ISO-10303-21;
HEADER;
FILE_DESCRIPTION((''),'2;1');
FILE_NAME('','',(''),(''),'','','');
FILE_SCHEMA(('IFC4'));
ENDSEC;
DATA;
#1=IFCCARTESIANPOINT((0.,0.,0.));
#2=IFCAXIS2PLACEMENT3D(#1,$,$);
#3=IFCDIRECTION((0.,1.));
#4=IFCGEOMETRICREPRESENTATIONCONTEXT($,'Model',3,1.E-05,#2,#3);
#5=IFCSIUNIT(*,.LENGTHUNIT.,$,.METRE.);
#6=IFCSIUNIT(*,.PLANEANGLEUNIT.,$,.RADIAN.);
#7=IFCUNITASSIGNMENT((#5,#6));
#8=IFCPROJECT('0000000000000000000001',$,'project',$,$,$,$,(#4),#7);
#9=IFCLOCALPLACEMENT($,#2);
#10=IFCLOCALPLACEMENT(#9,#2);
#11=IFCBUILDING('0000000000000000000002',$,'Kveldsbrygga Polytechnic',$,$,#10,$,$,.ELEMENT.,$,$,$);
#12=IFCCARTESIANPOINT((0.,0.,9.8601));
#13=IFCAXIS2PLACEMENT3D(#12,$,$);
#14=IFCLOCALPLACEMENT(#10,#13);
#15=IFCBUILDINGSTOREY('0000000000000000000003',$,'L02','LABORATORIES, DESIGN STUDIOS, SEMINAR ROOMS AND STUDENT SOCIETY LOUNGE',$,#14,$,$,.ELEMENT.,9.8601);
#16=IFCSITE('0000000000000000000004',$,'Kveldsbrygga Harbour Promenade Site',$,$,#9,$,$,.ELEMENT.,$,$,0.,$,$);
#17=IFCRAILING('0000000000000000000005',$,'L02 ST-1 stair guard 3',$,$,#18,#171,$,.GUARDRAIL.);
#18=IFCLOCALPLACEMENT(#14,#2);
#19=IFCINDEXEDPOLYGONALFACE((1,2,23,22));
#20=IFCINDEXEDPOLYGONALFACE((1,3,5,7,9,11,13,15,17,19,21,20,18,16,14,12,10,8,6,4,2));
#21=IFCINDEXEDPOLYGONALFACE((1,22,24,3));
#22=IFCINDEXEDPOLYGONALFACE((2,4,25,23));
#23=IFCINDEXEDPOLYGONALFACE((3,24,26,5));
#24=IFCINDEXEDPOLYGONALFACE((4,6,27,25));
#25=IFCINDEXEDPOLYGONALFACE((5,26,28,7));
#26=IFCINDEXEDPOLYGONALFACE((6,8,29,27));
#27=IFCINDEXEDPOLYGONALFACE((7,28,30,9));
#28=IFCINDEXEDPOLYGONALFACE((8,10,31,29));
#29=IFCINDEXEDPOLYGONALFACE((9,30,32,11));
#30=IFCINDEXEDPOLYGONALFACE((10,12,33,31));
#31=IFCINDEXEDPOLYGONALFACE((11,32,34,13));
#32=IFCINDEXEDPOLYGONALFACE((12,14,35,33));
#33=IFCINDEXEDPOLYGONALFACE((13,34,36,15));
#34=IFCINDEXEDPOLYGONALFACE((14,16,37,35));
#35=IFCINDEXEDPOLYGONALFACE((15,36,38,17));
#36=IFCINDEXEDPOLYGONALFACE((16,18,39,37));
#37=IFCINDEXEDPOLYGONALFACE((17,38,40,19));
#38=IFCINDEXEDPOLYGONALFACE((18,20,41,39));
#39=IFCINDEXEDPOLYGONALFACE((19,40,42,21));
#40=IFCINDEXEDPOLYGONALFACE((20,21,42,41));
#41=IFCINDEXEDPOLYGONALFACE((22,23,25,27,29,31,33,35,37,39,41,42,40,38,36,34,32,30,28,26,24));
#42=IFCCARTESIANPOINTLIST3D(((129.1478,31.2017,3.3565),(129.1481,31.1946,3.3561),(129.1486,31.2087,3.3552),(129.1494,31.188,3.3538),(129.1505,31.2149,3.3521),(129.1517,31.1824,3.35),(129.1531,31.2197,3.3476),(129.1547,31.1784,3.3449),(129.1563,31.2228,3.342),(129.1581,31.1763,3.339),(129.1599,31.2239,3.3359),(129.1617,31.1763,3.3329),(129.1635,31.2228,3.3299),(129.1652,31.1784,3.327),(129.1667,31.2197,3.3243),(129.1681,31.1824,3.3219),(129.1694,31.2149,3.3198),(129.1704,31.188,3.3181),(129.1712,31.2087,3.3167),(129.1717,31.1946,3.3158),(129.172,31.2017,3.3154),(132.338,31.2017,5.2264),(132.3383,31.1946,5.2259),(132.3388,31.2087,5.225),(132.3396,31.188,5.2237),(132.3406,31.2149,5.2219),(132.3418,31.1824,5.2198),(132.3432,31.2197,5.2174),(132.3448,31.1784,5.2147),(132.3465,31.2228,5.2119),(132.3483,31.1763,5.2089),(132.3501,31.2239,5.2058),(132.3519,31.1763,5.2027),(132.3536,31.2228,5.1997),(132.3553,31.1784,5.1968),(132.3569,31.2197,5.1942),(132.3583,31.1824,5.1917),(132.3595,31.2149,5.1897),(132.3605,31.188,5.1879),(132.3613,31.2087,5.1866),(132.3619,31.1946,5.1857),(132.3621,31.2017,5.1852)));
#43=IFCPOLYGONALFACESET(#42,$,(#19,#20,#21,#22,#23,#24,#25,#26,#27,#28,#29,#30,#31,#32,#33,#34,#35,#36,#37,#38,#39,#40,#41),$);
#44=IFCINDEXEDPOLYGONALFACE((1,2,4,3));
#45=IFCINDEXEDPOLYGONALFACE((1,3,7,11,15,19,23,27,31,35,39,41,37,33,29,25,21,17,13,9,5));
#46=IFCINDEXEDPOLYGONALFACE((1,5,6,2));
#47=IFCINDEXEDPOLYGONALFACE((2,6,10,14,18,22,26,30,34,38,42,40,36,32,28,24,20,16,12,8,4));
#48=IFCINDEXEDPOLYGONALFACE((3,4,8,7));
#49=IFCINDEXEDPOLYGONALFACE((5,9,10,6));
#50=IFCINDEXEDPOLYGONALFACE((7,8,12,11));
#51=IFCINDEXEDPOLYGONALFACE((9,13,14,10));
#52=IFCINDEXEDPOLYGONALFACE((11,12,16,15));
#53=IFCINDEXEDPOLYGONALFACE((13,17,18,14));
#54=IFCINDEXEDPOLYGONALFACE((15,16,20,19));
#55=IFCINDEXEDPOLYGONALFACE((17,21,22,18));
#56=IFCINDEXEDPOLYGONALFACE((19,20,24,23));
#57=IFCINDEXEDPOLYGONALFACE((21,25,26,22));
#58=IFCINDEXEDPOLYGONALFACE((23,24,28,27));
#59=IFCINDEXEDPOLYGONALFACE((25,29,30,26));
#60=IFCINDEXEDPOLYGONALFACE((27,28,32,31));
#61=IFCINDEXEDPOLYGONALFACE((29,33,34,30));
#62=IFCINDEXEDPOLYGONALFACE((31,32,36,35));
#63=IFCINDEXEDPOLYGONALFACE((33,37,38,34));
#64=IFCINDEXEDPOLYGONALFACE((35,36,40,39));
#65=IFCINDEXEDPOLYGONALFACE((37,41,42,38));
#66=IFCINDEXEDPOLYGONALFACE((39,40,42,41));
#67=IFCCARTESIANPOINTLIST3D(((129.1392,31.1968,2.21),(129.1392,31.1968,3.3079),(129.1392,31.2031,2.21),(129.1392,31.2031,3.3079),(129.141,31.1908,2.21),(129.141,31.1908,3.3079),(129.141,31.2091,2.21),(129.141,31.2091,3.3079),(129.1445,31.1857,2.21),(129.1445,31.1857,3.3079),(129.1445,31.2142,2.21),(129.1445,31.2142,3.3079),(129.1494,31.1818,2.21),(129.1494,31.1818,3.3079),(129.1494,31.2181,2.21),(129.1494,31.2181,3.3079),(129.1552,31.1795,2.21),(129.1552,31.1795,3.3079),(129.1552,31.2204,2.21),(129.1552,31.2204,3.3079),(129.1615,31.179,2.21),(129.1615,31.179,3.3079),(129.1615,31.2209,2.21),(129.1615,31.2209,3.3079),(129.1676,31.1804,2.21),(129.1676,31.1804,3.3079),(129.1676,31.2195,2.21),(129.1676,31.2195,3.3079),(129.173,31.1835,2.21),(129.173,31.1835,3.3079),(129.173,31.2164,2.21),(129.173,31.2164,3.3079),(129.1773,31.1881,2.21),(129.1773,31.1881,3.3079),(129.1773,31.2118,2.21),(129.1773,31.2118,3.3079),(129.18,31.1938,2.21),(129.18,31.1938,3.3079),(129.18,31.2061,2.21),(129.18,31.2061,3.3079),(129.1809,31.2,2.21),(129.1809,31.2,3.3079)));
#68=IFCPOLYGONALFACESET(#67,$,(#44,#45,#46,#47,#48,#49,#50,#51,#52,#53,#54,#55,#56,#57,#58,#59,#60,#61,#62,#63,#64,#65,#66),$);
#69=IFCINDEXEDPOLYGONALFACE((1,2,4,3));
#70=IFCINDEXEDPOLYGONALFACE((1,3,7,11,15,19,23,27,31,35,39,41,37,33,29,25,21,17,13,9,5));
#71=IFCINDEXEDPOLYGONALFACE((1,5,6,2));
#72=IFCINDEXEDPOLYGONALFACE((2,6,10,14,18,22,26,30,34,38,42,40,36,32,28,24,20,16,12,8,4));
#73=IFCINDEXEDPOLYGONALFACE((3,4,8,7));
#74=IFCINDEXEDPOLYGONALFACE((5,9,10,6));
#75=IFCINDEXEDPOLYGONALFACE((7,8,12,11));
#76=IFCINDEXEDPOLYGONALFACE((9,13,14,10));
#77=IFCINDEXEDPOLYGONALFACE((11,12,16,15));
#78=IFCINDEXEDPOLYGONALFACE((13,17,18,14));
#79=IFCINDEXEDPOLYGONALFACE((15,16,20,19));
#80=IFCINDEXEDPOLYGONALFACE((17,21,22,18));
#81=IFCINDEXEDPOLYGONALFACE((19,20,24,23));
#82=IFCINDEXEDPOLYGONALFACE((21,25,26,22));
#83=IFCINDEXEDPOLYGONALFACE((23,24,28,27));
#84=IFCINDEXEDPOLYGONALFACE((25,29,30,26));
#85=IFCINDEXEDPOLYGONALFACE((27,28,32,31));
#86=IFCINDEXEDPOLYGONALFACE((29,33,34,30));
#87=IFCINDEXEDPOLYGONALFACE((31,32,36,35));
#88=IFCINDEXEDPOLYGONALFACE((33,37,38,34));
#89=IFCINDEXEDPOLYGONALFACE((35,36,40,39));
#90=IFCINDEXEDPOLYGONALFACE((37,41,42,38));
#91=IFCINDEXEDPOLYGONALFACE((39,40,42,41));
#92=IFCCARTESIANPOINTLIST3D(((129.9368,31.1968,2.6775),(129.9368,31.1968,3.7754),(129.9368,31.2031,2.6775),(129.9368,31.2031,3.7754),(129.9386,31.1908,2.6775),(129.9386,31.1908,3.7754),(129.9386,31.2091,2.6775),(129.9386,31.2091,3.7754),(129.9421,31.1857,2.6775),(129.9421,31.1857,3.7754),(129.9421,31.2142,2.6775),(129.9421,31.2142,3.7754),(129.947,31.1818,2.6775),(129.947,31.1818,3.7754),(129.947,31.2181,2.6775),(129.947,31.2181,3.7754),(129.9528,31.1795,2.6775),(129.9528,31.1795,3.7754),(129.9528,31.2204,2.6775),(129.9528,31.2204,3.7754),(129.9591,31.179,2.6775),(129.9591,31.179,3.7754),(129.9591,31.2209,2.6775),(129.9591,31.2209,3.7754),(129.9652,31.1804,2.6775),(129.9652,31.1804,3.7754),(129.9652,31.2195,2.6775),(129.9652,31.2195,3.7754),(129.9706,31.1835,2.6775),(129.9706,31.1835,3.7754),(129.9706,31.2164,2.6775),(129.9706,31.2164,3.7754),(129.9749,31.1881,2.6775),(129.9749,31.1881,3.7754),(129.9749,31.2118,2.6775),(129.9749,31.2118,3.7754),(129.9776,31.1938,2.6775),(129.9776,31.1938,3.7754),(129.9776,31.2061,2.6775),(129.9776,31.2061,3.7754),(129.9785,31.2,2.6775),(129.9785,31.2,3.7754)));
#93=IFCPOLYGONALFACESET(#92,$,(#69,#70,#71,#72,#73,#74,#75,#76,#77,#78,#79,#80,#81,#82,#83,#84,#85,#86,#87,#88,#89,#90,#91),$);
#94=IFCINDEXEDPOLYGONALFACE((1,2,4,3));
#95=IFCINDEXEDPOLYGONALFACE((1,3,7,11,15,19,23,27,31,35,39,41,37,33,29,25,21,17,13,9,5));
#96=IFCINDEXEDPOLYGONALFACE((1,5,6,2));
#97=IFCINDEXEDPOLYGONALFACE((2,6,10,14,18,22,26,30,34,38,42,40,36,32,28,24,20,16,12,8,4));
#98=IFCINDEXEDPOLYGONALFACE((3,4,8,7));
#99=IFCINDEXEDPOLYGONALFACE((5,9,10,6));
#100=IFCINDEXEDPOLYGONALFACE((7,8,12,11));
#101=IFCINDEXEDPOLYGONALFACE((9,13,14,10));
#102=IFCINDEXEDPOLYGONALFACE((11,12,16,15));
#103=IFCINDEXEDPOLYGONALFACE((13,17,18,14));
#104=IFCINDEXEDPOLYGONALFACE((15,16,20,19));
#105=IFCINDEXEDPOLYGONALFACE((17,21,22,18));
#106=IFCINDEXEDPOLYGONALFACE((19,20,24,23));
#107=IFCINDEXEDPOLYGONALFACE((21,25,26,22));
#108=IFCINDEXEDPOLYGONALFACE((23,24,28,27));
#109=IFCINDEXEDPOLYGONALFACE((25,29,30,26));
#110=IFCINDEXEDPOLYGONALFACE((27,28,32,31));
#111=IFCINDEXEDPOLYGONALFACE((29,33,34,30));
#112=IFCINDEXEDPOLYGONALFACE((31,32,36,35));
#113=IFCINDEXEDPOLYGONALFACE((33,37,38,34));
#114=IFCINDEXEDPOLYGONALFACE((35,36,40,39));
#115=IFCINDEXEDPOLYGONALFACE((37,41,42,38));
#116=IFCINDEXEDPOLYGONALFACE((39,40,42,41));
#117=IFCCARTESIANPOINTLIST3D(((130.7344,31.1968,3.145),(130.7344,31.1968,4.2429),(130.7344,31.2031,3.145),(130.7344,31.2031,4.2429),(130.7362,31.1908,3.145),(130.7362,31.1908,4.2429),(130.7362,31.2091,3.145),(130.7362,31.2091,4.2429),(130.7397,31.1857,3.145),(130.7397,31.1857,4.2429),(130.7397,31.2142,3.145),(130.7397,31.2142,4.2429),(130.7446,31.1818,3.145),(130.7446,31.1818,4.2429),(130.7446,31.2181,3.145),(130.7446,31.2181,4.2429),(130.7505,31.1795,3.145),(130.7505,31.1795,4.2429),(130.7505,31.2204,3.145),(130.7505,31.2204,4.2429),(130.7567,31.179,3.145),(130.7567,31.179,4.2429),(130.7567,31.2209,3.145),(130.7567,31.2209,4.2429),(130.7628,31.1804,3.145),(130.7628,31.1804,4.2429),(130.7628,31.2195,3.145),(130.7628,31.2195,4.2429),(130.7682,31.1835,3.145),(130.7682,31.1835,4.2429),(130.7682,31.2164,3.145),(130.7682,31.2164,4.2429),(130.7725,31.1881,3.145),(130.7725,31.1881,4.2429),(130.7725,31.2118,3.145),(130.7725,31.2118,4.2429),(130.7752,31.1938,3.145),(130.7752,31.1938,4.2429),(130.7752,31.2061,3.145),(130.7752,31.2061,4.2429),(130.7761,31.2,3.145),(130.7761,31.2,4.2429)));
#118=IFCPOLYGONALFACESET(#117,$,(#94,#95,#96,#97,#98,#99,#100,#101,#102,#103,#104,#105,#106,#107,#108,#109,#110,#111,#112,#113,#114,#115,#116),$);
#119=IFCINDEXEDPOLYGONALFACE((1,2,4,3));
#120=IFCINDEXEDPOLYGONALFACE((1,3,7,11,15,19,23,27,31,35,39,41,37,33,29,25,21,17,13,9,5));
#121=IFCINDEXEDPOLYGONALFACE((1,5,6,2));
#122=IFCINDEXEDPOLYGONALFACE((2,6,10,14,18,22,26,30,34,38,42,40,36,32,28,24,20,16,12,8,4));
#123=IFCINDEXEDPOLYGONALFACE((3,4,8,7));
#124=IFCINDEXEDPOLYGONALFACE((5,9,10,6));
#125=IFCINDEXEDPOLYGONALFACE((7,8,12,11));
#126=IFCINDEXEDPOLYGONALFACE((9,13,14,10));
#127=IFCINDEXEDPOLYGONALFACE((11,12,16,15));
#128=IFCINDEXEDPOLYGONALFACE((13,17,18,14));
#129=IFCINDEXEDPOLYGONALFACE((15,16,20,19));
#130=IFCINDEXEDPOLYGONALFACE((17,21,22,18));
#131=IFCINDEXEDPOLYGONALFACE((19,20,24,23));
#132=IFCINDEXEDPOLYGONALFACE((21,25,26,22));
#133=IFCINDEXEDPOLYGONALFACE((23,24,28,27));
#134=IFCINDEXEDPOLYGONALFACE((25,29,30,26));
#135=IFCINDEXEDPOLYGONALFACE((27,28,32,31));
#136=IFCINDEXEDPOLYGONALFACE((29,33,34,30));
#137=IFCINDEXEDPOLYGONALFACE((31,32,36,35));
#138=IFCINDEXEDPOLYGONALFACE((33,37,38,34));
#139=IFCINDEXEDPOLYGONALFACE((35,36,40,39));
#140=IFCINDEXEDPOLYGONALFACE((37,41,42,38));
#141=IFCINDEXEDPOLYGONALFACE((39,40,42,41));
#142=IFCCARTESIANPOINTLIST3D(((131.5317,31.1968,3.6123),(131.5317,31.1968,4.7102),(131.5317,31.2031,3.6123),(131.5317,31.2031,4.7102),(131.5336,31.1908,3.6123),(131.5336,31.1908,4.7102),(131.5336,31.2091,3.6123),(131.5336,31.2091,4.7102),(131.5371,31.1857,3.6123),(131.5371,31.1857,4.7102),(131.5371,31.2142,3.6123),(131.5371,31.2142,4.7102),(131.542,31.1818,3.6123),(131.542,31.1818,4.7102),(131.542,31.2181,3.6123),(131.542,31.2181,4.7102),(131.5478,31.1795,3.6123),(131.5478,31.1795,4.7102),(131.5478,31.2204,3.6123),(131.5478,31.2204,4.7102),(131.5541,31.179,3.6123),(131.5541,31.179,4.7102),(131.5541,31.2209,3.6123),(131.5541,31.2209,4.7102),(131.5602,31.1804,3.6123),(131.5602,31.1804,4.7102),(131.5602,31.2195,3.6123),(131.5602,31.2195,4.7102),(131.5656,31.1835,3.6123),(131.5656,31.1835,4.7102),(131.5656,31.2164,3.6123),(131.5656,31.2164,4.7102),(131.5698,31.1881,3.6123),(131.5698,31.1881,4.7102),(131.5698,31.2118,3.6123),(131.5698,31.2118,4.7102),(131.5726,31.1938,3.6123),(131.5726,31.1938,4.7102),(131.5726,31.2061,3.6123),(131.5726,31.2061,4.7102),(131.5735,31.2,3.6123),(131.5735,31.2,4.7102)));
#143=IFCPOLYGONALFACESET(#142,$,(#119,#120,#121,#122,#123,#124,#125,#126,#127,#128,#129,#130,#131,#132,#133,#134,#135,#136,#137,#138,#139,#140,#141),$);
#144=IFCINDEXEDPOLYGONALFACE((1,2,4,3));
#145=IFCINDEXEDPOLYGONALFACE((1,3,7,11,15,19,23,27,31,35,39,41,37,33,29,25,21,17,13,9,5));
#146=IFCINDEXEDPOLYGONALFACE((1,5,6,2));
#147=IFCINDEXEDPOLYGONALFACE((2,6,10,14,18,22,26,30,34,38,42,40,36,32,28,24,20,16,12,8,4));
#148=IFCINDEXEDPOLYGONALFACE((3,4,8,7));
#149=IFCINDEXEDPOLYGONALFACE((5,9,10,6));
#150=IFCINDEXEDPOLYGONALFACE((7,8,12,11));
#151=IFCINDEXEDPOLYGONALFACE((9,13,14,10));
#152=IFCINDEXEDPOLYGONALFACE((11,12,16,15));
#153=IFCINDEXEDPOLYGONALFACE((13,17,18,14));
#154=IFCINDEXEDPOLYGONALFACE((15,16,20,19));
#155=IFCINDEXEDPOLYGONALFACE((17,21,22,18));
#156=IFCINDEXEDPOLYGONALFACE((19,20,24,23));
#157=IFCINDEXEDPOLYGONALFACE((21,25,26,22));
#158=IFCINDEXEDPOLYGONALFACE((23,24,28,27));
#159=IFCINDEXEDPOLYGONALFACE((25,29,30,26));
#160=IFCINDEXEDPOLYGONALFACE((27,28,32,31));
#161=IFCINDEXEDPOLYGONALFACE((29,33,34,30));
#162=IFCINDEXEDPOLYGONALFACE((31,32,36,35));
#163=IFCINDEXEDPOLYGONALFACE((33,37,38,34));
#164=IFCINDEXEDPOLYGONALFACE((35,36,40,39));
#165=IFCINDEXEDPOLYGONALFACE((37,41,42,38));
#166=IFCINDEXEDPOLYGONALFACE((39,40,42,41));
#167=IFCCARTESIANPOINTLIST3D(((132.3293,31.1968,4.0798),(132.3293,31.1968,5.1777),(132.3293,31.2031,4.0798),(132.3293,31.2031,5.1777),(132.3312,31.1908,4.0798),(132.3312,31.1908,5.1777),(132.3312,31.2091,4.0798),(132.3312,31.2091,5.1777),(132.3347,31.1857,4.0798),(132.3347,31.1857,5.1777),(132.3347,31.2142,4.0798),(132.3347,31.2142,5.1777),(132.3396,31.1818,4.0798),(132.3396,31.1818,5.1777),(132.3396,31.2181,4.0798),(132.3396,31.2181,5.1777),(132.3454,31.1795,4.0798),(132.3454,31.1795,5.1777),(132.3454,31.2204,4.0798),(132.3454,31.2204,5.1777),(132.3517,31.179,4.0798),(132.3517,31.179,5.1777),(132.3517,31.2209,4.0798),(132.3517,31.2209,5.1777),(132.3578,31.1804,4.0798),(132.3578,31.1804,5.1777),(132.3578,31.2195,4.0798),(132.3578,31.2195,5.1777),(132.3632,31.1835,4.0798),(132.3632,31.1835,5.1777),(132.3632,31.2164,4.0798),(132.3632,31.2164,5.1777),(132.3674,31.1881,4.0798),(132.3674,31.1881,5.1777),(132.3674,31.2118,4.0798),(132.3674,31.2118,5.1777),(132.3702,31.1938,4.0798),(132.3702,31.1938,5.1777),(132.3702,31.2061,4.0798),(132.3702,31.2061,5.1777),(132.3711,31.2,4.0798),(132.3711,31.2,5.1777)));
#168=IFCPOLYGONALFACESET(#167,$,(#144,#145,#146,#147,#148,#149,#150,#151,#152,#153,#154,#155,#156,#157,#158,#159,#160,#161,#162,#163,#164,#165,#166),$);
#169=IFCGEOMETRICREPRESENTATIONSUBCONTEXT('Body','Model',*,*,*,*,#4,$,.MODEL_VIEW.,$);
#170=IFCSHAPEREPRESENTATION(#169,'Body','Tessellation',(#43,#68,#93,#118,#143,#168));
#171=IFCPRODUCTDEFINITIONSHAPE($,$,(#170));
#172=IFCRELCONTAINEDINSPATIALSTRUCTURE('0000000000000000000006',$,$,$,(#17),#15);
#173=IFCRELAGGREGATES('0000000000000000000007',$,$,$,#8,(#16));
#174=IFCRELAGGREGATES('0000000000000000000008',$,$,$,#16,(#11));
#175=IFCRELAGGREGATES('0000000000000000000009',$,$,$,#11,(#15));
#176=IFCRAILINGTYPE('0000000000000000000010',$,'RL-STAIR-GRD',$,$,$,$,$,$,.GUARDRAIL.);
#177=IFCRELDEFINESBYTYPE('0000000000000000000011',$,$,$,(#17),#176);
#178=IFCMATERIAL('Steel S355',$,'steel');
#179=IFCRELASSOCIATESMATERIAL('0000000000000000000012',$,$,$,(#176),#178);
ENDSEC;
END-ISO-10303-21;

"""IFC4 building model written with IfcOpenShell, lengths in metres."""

from ifc_helpers import new_model, si_unit, direction, frame, origin, origin_2d, place, context, subcontext, project, spatial, circle, extrude, material, type_object, element, save


model = new_model("IFC4")

# Units and contexts
model_context = context("Model", 3, precision=1e-05, world=origin(), true_north=direction((0.0, 1.0)))
body_context = subcontext(model_context, "Body", "Model", "MODEL_VIEW")
ifc_project = project(units=[si_unit("LENGTHUNIT", "METRE"), si_unit("PLANEANGLEUNIT", "RADIAN")], contexts=[model_context])

# Site, building, storey
site_placement = place(None, origin())
site = spatial("IfcSite", under=ifc_project, at=site_placement, Name="Kveldsbrygga Harbour Promenade Site", CompositionType="ELEMENT", RefElevation=0.0)
building_placement = place(site_placement, origin())
building = spatial("IfcBuilding", under=site, at=building_placement, Name="Kveldsbrygga Polytechnic", CompositionType="ELEMENT")
storey_placement = place(building_placement, frame((0.0, 0.0, 9.8601)))
storey = spatial("IfcBuildingStorey", under=building, at=storey_placement, Name="L02", Description="LABORATORIES, DESIGN STUDIOS, SEMINAR ROOMS AND STUDENT SOCIETY LOUNGE", CompositionType="ELEMENT", Elevation=9.8601)

# Railing
ifc_material_1 = material(Name="Steel S355", Category="steel")
railing_type_1 = type_object("IfcRailingType", Name="RL-STAIR-GRD", PredefinedType="GUARDRAIL", material=ifc_material_1)
railing_1_placement = place(storey_placement, frame((129.1599, 31.2, 2.21)))
element("IfcRailing", 1, at=railing_1_placement, inside=storey, type_object=railing_type_1, Name="L02 ST-1 stair guard 3", PredefinedType="GUARDRAIL", context=body_context, shape_type="SweptSolid", body=[
    extrude(circle(Radius=0.0239, at=origin_2d()), frame((0.0, 0.0, 1.126), z_axis=(0.862726, 0.0, 0.505672), x_axis=(0.0, 1.0, 0.0)), (0.0, 0.0, 1.0), 3.6978),
    extrude(circle(Radius=0.021, at=origin_2d()), origin(), (0.0, 0.0, 1.0), 1.0979),
    extrude(circle(Radius=0.021, at=origin_2d()), frame((0.7976, 0.0, 0.4675)), (0.0, 0.0, 1.0), 1.0979),
    extrude(circle(Radius=0.021, at=origin_2d()), frame((1.5952, 0.0, 0.9351)), (0.0, 0.0, 1.0), 1.0979),
    extrude(circle(Radius=0.021, at=origin_2d()), frame((2.3926, 0.0, 1.4023)), (0.0, 0.0, 1.0), 1.0979),
    extrude(circle(Radius=0.021, at=origin_2d()), frame((3.1902, 0.0, 1.8699)), (0.0, 0.0, 1.0), 1.0979),
])

save(model, "model.ifc")
